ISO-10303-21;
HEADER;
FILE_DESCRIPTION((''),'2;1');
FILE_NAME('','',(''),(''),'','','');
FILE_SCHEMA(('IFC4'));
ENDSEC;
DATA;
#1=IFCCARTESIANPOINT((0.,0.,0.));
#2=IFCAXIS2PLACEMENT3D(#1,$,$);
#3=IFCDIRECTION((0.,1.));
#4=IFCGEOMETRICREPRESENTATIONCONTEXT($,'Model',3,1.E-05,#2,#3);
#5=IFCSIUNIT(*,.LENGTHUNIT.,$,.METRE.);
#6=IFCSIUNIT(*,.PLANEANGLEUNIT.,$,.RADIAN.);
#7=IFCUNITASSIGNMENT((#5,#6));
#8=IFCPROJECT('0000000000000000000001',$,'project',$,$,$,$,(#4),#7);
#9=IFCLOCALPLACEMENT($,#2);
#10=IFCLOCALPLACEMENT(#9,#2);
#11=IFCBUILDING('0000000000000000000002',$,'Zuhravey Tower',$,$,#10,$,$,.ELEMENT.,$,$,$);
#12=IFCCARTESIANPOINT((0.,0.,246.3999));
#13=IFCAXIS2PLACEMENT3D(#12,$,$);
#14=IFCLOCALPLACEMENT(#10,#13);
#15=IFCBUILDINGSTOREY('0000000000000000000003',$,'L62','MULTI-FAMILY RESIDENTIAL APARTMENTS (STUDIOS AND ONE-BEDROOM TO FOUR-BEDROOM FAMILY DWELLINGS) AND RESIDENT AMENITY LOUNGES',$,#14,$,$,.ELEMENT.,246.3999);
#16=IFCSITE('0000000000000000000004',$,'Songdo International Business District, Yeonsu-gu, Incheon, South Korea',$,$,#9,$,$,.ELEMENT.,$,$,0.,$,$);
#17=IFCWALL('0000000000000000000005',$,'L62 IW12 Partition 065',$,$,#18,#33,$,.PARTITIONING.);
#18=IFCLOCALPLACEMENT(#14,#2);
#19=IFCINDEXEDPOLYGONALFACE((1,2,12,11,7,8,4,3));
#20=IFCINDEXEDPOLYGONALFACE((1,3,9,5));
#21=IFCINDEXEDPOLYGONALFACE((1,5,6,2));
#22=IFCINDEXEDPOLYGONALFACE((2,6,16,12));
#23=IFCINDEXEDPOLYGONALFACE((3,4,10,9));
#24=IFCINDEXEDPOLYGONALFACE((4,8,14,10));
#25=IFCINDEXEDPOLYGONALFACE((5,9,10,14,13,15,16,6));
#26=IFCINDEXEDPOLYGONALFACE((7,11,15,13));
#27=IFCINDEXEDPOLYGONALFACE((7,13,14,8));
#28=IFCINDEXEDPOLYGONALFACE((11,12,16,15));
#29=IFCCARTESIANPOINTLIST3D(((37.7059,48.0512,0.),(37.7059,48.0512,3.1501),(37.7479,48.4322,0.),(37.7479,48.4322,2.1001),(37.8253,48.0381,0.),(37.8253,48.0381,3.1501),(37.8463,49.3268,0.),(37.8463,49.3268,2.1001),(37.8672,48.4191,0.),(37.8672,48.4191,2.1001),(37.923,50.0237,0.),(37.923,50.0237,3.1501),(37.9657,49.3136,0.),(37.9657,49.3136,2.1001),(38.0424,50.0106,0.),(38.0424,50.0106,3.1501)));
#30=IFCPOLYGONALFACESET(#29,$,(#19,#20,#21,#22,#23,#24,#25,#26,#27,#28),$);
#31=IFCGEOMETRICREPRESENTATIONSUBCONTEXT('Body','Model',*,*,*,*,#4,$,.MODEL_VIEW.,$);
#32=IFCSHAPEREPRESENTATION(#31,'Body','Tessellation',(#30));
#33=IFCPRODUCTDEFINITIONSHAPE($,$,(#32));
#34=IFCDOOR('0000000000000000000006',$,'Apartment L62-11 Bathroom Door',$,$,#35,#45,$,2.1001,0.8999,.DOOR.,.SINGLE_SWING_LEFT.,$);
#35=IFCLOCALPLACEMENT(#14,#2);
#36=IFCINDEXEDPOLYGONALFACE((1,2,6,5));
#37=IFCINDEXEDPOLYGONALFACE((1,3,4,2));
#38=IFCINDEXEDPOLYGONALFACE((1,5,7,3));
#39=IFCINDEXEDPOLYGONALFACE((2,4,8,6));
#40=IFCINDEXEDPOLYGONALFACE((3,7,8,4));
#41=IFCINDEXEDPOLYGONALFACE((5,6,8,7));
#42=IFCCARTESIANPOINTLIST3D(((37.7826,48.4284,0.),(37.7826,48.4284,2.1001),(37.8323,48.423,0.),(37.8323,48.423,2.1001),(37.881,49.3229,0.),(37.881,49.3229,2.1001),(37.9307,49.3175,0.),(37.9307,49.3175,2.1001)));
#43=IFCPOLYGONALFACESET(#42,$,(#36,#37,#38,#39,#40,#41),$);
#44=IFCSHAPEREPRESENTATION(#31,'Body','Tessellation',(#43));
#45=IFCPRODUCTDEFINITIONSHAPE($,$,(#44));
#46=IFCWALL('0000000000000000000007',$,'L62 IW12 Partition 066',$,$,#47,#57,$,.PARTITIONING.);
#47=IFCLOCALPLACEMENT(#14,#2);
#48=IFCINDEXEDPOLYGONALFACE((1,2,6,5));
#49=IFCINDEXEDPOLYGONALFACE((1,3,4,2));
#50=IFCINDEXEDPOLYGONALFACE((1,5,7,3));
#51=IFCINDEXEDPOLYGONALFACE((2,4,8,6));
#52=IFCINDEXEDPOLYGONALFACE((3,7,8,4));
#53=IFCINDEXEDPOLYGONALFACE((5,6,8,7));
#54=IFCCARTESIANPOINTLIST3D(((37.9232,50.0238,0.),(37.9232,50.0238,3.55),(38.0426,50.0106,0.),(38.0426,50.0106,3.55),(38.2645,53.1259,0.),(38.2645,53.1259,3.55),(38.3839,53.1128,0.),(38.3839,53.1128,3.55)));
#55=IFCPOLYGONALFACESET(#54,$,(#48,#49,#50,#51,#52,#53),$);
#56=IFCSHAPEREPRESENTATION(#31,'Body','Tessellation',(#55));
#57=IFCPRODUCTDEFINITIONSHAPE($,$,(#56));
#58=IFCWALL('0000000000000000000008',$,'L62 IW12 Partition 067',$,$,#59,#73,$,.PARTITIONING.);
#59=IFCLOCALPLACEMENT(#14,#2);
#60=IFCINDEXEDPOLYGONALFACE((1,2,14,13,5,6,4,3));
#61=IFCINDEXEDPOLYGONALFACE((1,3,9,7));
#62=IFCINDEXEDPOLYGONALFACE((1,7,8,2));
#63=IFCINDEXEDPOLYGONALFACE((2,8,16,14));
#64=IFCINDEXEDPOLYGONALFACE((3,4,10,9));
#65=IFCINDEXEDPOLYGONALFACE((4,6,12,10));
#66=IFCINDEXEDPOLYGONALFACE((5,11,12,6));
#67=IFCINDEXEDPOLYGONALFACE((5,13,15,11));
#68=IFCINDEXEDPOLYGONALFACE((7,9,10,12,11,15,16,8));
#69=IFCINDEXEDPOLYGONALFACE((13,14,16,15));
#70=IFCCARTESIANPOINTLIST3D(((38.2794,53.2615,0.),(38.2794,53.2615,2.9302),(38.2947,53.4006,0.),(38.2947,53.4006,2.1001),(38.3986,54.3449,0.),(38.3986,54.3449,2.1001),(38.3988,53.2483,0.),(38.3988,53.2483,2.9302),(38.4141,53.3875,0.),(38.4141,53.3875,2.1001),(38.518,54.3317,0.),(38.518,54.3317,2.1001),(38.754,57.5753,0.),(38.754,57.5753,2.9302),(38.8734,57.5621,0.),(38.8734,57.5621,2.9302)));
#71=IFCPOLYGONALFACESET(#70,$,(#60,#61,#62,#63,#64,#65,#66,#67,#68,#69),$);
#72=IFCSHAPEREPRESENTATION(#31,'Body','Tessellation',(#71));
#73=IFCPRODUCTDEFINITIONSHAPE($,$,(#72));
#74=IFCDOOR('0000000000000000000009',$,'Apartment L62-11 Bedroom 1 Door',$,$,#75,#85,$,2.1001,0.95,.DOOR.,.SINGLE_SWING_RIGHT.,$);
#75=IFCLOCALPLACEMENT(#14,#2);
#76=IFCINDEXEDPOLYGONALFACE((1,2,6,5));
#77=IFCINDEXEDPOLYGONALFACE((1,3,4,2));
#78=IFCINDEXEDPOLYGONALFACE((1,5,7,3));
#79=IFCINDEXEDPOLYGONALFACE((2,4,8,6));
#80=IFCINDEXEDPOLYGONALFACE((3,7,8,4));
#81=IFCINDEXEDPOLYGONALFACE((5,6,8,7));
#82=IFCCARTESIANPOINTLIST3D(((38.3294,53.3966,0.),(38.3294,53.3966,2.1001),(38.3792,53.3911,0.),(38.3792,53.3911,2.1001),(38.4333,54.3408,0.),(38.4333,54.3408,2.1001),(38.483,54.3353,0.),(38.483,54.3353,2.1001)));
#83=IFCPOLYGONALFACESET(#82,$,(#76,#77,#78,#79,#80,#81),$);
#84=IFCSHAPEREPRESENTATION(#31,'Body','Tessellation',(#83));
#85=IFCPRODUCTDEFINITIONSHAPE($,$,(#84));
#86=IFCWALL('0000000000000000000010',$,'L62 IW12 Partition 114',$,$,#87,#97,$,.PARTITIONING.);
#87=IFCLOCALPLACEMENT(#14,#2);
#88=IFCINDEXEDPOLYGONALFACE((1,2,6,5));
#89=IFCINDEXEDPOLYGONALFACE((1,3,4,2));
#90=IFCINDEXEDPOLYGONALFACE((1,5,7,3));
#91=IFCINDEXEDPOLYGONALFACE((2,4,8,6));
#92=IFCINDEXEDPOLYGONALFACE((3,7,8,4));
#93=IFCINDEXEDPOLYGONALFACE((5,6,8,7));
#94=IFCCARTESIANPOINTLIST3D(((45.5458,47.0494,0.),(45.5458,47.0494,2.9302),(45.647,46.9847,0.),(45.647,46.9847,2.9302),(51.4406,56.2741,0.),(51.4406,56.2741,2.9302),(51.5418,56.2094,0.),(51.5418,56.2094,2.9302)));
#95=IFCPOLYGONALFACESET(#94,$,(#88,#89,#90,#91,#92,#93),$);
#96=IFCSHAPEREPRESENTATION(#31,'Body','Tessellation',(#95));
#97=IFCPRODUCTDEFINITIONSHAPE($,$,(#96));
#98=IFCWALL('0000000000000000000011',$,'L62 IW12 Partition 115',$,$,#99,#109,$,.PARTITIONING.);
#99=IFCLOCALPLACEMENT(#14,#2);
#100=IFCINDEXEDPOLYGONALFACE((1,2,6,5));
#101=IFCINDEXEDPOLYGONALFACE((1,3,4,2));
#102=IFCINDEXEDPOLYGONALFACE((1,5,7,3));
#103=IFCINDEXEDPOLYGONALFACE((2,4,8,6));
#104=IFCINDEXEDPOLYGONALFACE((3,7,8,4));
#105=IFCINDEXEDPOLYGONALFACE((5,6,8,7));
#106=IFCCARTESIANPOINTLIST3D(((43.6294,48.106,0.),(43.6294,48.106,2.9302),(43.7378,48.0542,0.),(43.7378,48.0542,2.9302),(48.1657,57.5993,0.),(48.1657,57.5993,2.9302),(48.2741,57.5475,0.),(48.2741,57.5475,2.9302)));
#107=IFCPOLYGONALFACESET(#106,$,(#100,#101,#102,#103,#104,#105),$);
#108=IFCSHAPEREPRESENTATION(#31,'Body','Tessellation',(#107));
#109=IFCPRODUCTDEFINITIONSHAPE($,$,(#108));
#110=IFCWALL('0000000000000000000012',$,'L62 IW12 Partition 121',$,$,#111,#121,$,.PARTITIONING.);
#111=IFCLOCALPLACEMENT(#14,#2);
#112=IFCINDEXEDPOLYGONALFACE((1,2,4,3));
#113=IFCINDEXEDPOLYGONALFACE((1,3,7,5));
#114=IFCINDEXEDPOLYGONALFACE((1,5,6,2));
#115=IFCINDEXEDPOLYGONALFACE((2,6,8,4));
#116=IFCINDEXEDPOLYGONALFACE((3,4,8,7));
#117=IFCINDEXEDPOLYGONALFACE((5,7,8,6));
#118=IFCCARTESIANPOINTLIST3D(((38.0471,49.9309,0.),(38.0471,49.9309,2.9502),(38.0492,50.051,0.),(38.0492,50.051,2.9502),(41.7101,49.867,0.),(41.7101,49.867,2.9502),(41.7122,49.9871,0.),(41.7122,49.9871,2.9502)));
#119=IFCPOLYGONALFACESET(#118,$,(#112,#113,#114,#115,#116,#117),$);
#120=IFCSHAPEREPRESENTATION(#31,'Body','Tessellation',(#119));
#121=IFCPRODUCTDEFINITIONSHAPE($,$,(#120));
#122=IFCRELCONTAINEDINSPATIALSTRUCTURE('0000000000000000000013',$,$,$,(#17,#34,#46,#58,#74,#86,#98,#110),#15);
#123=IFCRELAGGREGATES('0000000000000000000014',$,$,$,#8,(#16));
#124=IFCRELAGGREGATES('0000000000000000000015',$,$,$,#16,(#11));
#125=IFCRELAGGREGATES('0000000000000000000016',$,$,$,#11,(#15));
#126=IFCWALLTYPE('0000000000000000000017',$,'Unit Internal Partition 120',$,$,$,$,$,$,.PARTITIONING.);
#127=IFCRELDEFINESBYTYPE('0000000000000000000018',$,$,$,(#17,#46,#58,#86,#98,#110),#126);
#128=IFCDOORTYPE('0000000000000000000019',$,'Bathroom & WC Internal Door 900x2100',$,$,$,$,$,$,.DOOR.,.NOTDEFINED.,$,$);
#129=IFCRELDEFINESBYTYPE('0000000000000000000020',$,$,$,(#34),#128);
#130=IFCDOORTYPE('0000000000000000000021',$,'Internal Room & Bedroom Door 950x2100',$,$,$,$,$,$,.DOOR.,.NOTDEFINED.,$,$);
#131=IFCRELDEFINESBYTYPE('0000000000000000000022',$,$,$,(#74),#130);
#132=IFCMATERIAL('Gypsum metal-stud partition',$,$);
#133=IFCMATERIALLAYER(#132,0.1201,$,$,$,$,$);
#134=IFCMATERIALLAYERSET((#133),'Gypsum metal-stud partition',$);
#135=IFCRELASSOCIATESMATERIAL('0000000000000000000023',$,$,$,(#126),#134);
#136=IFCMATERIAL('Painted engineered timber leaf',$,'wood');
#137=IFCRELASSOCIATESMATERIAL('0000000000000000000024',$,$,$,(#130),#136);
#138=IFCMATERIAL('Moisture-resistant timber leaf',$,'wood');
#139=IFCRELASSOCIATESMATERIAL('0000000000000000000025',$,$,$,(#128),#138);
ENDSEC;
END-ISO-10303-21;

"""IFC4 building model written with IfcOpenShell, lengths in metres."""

from ifc_helpers import new_model, si_unit, direction, frame, frame_2d, origin, place, context, subcontext, project, spatial, rectangle, extrude, material, layer, layer_set, type_object, element, fill, save


model = new_model("IFC4")

# Units and contexts
model_context = context("Model", 3, precision=1e-05, world=origin(), true_north=direction((0.0, 1.0)))
body_context = subcontext(model_context, "Body", "Model", "MODEL_VIEW")
ifc_project = project(units=[si_unit("LENGTHUNIT", "METRE"), si_unit("PLANEANGLEUNIT", "RADIAN")], contexts=[model_context])

# Site, building, storey
site_placement = place(None, origin())
site = spatial("IfcSite", under=ifc_project, at=site_placement, Name="Songdo International Business District, Yeonsu-gu, Incheon, South Korea", CompositionType="ELEMENT", RefElevation=0.0)
building_placement = place(site_placement, origin())
building = spatial("IfcBuilding", under=site, at=building_placement, Name="Zuhravey Tower", CompositionType="ELEMENT")
storey_placement = place(building_placement, frame((0.0, 0.0, 246.3999)))
storey = spatial("IfcBuildingStorey", under=building, at=storey_placement, Name="L62", Description="MULTI-FAMILY RESIDENTIAL APARTMENTS (STUDIOS AND ONE-BEDROOM TO FOUR-BEDROOM FAMILY DWELLINGS) AND RESIDENT AMENITY LOUNGES", CompositionType="ELEMENT", Elevation=246.3999)

# Shared definitions
ifc_material_1 = material(Name="Gypsum metal-stud partition")
ifc_layer_1 = layer(ifc_material_1, 0.1201)
ifc_layer_set_1 = layer_set([ifc_layer_1], Name="Gypsum metal-stud partition")
wall_type_1 = type_object("IfcWallType", Name="Unit Internal Partition 120", PredefinedType="PARTITIONING", material=ifc_layer_set_1)
ifc_material_2 = material(Name="Painted engineered timber leaf", Category="wood")
door_type_1 = type_object("IfcDoorType", Name="Internal Room & Bedroom Door 950x2100", OperationType="NOTDEFINED", PredefinedType="DOOR", material=ifc_material_2)

# Wall, opening, door
wall_1_placement = place(storey_placement, frame((37.7656, 48.0447, 0.0), z_axis=(0.0, 0.0, 1.0), x_axis=(0.109378, 0.994, 0.0)))
wall_1 = element("IfcWall", 1, at=wall_1_placement, inside=storey, type_object=wall_type_1, Name="L62 IW12 Partition 065", PredefinedType="PARTITIONING", context=body_context, shape_type="SweptSolid", body=[
    extrude(rectangle(XDim=1.9844, YDim=0.1201, at=frame_2d((0.9922, 0.0))), origin(), (0.0, 0.0, 1.0), 3.1501),
])
opening_1_placement = place(wall_1_placement, frame((0.3833, 0.0, 0.0)))
opening_1 = element("IfcOpeningElement", 2, at=opening_1_placement, cuts=wall_1, PredefinedType="OPENING", context=body_context, shape_type="SweptSolid", body=[
    extrude(rectangle(XDim=0.8999, YDim=2.1001, at=frame_2d((0.45, 1.05))), frame((0.0, 0.072, 0.0), z_axis=(0.0, -1.0, 0.0), x_axis=(1.0, 0.0, 0.0)), (0.0, 0.0, 1.0), 0.144),
])
ifc_material_3 = material(Name="Moisture-resistant timber leaf", Category="wood")
door_type_2 = type_object("IfcDoorType", Name="Bathroom & WC Internal Door 900x2100", OperationType="NOTDEFINED", PredefinedType="DOOR", material=ifc_material_3)
door_1_placement = place(opening_1_placement, frame((0.8999, 0.0, 0.0), z_axis=(0.0, 0.0, 1.0), x_axis=(-1.0, 0.0, 0.0)))
door_1 = element("IfcDoor", 3, at=door_1_placement, inside=storey, type_object=door_type_2, Name="Apartment L62-11 Bathroom Door", OperationType="SINGLE_SWING_LEFT", OverallHeight=2.1001, OverallWidth=0.8999, PredefinedType="DOOR", context=body_context, shape_type="SweptSolid", body=[
    extrude(rectangle(XDim=0.8999, YDim=2.1001, at=frame_2d((0.45, 1.05))), frame((0.0, 0.0249, 0.0), z_axis=(0.0, -1.0, 0.0), x_axis=(1.0, 0.0, 0.0)), (0.0, 0.0, 1.0), 0.05),
])
fill(opening_1, door_1)

# Wall
wall_2_placement = place(storey_placement, frame((37.9829, 50.0171, 0.0), z_axis=(0.0, 0.0, 1.0), x_axis=(0.109367, 0.994001, 0.0)))
element("IfcWall", 4, at=wall_2_placement, inside=storey, type_object=wall_type_1, Name="L62 IW12 Partition 066", PredefinedType="PARTITIONING", context=body_context, shape_type="SweptSolid", body=[
    extrude(rectangle(XDim=3.1208, YDim=0.1201, at=frame_2d((1.5605, 0.0))), origin(), (0.0, 0.0, 1.0), 3.55),
])

# Wall, opening, door
wall_3_placement = place(storey_placement, frame((38.3391, 53.2549, 0.0), z_axis=(0.0, 0.0, 1.0), x_axis=(0.109363, 0.994002, 0.0)))
wall_3 = element("IfcWall", 5, at=wall_3_placement, inside=storey, type_object=wall_type_1, Name="L62 IW12 Partition 067", PredefinedType="PARTITIONING", context=body_context, shape_type="SweptSolid", body=[
    extrude(rectangle(XDim=4.3398, YDim=0.1201, at=frame_2d((2.1699, 0.0))), origin(), (0.0, 0.0, 1.0), 2.9302),
])
opening_2_placement = place(wall_3_placement, frame((0.1399, 0.0, 0.0)))
opening_2 = element("IfcOpeningElement", 6, at=opening_2_placement, cuts=wall_3, PredefinedType="OPENING", context=body_context, shape_type="SweptSolid", body=[
    extrude(rectangle(XDim=0.95, YDim=2.1001, at=frame_2d((0.4751, 1.05))), frame((0.0, 0.072, 0.0), z_axis=(0.0, -1.0, 0.0), x_axis=(1.0, 0.0, 0.0)), (0.0, 0.0, 1.0), 0.144),
])
door_2_placement = place(opening_2_placement, frame((0.95, 0.0, 0.0), z_axis=(0.0, 0.0, 1.0), x_axis=(-1.0, 0.0, 0.0)))
door_2 = element("IfcDoor", 7, at=door_2_placement, inside=storey, type_object=door_type_1, Name="Apartment L62-11 Bedroom 1 Door", OperationType="SINGLE_SWING_RIGHT", OverallHeight=2.1001, OverallWidth=0.95, PredefinedType="DOOR", context=body_context, shape_type="SweptSolid", body=[
    extrude(rectangle(XDim=0.95, YDim=2.1001, at=frame_2d((0.4751, 1.05))), frame((0.0, 0.0249, 0.0), z_axis=(0.0, -1.0, 0.0), x_axis=(1.0, 0.0, 0.0)), (0.0, 0.0, 1.0), 0.05),
])
fill(opening_2, door_2)

# Walls
wall_4_placement = place(storey_placement, frame((45.5964, 47.0171, 0.0), z_axis=(0.0, 0.0, 1.0), x_axis=(0.538472, 0.842643, 0.0)))
element("IfcWall", 8, at=wall_4_placement, inside=storey, type_object=wall_type_1, Name="L62 IW12 Partition 114", PredefinedType="PARTITIONING", context=body_context, shape_type="SweptSolid", body=[
    extrude(rectangle(XDim=10.9473, YDim=0.1201, at=frame_2d((5.4736, 0.0))), origin(), (0.0, 0.0, 1.0), 2.9302),
])
wall_5_placement = place(storey_placement, frame((43.6836, 48.0801, 0.0), z_axis=(0.0, 0.0, 1.0), x_axis=(0.43115, 0.90228, 0.0)))
element("IfcWall", 9, at=wall_5_placement, inside=storey, type_object=wall_type_1, Name="L62 IW12 Partition 115", PredefinedType="PARTITIONING", context=body_context, shape_type="SweptSolid", body=[
    extrude(rectangle(XDim=10.5215, YDim=0.1201, at=frame_2d((5.2607, 0.0))), origin(), (0.0, 0.0, 1.0), 2.9302),
])
wall_6_placement = place(storey_placement, frame((41.7112, 49.927, 0.0), z_axis=(0.0, 0.0, 1.0), x_axis=(-0.999848, 0.017459, 0.0)))
element("IfcWall", 10, at=wall_6_placement, inside=storey, type_object=wall_type_1, Name="L62 IW12 Partition 121", PredefinedType="PARTITIONING", context=body_context, shape_type="SweptSolid", body=[
    extrude(rectangle(XDim=3.6636, YDim=0.1201, at=frame_2d((1.8318, 0.0))), origin(), (0.0, 0.0, 1.0), 2.9502),
])

save(model, "model.ifc")
